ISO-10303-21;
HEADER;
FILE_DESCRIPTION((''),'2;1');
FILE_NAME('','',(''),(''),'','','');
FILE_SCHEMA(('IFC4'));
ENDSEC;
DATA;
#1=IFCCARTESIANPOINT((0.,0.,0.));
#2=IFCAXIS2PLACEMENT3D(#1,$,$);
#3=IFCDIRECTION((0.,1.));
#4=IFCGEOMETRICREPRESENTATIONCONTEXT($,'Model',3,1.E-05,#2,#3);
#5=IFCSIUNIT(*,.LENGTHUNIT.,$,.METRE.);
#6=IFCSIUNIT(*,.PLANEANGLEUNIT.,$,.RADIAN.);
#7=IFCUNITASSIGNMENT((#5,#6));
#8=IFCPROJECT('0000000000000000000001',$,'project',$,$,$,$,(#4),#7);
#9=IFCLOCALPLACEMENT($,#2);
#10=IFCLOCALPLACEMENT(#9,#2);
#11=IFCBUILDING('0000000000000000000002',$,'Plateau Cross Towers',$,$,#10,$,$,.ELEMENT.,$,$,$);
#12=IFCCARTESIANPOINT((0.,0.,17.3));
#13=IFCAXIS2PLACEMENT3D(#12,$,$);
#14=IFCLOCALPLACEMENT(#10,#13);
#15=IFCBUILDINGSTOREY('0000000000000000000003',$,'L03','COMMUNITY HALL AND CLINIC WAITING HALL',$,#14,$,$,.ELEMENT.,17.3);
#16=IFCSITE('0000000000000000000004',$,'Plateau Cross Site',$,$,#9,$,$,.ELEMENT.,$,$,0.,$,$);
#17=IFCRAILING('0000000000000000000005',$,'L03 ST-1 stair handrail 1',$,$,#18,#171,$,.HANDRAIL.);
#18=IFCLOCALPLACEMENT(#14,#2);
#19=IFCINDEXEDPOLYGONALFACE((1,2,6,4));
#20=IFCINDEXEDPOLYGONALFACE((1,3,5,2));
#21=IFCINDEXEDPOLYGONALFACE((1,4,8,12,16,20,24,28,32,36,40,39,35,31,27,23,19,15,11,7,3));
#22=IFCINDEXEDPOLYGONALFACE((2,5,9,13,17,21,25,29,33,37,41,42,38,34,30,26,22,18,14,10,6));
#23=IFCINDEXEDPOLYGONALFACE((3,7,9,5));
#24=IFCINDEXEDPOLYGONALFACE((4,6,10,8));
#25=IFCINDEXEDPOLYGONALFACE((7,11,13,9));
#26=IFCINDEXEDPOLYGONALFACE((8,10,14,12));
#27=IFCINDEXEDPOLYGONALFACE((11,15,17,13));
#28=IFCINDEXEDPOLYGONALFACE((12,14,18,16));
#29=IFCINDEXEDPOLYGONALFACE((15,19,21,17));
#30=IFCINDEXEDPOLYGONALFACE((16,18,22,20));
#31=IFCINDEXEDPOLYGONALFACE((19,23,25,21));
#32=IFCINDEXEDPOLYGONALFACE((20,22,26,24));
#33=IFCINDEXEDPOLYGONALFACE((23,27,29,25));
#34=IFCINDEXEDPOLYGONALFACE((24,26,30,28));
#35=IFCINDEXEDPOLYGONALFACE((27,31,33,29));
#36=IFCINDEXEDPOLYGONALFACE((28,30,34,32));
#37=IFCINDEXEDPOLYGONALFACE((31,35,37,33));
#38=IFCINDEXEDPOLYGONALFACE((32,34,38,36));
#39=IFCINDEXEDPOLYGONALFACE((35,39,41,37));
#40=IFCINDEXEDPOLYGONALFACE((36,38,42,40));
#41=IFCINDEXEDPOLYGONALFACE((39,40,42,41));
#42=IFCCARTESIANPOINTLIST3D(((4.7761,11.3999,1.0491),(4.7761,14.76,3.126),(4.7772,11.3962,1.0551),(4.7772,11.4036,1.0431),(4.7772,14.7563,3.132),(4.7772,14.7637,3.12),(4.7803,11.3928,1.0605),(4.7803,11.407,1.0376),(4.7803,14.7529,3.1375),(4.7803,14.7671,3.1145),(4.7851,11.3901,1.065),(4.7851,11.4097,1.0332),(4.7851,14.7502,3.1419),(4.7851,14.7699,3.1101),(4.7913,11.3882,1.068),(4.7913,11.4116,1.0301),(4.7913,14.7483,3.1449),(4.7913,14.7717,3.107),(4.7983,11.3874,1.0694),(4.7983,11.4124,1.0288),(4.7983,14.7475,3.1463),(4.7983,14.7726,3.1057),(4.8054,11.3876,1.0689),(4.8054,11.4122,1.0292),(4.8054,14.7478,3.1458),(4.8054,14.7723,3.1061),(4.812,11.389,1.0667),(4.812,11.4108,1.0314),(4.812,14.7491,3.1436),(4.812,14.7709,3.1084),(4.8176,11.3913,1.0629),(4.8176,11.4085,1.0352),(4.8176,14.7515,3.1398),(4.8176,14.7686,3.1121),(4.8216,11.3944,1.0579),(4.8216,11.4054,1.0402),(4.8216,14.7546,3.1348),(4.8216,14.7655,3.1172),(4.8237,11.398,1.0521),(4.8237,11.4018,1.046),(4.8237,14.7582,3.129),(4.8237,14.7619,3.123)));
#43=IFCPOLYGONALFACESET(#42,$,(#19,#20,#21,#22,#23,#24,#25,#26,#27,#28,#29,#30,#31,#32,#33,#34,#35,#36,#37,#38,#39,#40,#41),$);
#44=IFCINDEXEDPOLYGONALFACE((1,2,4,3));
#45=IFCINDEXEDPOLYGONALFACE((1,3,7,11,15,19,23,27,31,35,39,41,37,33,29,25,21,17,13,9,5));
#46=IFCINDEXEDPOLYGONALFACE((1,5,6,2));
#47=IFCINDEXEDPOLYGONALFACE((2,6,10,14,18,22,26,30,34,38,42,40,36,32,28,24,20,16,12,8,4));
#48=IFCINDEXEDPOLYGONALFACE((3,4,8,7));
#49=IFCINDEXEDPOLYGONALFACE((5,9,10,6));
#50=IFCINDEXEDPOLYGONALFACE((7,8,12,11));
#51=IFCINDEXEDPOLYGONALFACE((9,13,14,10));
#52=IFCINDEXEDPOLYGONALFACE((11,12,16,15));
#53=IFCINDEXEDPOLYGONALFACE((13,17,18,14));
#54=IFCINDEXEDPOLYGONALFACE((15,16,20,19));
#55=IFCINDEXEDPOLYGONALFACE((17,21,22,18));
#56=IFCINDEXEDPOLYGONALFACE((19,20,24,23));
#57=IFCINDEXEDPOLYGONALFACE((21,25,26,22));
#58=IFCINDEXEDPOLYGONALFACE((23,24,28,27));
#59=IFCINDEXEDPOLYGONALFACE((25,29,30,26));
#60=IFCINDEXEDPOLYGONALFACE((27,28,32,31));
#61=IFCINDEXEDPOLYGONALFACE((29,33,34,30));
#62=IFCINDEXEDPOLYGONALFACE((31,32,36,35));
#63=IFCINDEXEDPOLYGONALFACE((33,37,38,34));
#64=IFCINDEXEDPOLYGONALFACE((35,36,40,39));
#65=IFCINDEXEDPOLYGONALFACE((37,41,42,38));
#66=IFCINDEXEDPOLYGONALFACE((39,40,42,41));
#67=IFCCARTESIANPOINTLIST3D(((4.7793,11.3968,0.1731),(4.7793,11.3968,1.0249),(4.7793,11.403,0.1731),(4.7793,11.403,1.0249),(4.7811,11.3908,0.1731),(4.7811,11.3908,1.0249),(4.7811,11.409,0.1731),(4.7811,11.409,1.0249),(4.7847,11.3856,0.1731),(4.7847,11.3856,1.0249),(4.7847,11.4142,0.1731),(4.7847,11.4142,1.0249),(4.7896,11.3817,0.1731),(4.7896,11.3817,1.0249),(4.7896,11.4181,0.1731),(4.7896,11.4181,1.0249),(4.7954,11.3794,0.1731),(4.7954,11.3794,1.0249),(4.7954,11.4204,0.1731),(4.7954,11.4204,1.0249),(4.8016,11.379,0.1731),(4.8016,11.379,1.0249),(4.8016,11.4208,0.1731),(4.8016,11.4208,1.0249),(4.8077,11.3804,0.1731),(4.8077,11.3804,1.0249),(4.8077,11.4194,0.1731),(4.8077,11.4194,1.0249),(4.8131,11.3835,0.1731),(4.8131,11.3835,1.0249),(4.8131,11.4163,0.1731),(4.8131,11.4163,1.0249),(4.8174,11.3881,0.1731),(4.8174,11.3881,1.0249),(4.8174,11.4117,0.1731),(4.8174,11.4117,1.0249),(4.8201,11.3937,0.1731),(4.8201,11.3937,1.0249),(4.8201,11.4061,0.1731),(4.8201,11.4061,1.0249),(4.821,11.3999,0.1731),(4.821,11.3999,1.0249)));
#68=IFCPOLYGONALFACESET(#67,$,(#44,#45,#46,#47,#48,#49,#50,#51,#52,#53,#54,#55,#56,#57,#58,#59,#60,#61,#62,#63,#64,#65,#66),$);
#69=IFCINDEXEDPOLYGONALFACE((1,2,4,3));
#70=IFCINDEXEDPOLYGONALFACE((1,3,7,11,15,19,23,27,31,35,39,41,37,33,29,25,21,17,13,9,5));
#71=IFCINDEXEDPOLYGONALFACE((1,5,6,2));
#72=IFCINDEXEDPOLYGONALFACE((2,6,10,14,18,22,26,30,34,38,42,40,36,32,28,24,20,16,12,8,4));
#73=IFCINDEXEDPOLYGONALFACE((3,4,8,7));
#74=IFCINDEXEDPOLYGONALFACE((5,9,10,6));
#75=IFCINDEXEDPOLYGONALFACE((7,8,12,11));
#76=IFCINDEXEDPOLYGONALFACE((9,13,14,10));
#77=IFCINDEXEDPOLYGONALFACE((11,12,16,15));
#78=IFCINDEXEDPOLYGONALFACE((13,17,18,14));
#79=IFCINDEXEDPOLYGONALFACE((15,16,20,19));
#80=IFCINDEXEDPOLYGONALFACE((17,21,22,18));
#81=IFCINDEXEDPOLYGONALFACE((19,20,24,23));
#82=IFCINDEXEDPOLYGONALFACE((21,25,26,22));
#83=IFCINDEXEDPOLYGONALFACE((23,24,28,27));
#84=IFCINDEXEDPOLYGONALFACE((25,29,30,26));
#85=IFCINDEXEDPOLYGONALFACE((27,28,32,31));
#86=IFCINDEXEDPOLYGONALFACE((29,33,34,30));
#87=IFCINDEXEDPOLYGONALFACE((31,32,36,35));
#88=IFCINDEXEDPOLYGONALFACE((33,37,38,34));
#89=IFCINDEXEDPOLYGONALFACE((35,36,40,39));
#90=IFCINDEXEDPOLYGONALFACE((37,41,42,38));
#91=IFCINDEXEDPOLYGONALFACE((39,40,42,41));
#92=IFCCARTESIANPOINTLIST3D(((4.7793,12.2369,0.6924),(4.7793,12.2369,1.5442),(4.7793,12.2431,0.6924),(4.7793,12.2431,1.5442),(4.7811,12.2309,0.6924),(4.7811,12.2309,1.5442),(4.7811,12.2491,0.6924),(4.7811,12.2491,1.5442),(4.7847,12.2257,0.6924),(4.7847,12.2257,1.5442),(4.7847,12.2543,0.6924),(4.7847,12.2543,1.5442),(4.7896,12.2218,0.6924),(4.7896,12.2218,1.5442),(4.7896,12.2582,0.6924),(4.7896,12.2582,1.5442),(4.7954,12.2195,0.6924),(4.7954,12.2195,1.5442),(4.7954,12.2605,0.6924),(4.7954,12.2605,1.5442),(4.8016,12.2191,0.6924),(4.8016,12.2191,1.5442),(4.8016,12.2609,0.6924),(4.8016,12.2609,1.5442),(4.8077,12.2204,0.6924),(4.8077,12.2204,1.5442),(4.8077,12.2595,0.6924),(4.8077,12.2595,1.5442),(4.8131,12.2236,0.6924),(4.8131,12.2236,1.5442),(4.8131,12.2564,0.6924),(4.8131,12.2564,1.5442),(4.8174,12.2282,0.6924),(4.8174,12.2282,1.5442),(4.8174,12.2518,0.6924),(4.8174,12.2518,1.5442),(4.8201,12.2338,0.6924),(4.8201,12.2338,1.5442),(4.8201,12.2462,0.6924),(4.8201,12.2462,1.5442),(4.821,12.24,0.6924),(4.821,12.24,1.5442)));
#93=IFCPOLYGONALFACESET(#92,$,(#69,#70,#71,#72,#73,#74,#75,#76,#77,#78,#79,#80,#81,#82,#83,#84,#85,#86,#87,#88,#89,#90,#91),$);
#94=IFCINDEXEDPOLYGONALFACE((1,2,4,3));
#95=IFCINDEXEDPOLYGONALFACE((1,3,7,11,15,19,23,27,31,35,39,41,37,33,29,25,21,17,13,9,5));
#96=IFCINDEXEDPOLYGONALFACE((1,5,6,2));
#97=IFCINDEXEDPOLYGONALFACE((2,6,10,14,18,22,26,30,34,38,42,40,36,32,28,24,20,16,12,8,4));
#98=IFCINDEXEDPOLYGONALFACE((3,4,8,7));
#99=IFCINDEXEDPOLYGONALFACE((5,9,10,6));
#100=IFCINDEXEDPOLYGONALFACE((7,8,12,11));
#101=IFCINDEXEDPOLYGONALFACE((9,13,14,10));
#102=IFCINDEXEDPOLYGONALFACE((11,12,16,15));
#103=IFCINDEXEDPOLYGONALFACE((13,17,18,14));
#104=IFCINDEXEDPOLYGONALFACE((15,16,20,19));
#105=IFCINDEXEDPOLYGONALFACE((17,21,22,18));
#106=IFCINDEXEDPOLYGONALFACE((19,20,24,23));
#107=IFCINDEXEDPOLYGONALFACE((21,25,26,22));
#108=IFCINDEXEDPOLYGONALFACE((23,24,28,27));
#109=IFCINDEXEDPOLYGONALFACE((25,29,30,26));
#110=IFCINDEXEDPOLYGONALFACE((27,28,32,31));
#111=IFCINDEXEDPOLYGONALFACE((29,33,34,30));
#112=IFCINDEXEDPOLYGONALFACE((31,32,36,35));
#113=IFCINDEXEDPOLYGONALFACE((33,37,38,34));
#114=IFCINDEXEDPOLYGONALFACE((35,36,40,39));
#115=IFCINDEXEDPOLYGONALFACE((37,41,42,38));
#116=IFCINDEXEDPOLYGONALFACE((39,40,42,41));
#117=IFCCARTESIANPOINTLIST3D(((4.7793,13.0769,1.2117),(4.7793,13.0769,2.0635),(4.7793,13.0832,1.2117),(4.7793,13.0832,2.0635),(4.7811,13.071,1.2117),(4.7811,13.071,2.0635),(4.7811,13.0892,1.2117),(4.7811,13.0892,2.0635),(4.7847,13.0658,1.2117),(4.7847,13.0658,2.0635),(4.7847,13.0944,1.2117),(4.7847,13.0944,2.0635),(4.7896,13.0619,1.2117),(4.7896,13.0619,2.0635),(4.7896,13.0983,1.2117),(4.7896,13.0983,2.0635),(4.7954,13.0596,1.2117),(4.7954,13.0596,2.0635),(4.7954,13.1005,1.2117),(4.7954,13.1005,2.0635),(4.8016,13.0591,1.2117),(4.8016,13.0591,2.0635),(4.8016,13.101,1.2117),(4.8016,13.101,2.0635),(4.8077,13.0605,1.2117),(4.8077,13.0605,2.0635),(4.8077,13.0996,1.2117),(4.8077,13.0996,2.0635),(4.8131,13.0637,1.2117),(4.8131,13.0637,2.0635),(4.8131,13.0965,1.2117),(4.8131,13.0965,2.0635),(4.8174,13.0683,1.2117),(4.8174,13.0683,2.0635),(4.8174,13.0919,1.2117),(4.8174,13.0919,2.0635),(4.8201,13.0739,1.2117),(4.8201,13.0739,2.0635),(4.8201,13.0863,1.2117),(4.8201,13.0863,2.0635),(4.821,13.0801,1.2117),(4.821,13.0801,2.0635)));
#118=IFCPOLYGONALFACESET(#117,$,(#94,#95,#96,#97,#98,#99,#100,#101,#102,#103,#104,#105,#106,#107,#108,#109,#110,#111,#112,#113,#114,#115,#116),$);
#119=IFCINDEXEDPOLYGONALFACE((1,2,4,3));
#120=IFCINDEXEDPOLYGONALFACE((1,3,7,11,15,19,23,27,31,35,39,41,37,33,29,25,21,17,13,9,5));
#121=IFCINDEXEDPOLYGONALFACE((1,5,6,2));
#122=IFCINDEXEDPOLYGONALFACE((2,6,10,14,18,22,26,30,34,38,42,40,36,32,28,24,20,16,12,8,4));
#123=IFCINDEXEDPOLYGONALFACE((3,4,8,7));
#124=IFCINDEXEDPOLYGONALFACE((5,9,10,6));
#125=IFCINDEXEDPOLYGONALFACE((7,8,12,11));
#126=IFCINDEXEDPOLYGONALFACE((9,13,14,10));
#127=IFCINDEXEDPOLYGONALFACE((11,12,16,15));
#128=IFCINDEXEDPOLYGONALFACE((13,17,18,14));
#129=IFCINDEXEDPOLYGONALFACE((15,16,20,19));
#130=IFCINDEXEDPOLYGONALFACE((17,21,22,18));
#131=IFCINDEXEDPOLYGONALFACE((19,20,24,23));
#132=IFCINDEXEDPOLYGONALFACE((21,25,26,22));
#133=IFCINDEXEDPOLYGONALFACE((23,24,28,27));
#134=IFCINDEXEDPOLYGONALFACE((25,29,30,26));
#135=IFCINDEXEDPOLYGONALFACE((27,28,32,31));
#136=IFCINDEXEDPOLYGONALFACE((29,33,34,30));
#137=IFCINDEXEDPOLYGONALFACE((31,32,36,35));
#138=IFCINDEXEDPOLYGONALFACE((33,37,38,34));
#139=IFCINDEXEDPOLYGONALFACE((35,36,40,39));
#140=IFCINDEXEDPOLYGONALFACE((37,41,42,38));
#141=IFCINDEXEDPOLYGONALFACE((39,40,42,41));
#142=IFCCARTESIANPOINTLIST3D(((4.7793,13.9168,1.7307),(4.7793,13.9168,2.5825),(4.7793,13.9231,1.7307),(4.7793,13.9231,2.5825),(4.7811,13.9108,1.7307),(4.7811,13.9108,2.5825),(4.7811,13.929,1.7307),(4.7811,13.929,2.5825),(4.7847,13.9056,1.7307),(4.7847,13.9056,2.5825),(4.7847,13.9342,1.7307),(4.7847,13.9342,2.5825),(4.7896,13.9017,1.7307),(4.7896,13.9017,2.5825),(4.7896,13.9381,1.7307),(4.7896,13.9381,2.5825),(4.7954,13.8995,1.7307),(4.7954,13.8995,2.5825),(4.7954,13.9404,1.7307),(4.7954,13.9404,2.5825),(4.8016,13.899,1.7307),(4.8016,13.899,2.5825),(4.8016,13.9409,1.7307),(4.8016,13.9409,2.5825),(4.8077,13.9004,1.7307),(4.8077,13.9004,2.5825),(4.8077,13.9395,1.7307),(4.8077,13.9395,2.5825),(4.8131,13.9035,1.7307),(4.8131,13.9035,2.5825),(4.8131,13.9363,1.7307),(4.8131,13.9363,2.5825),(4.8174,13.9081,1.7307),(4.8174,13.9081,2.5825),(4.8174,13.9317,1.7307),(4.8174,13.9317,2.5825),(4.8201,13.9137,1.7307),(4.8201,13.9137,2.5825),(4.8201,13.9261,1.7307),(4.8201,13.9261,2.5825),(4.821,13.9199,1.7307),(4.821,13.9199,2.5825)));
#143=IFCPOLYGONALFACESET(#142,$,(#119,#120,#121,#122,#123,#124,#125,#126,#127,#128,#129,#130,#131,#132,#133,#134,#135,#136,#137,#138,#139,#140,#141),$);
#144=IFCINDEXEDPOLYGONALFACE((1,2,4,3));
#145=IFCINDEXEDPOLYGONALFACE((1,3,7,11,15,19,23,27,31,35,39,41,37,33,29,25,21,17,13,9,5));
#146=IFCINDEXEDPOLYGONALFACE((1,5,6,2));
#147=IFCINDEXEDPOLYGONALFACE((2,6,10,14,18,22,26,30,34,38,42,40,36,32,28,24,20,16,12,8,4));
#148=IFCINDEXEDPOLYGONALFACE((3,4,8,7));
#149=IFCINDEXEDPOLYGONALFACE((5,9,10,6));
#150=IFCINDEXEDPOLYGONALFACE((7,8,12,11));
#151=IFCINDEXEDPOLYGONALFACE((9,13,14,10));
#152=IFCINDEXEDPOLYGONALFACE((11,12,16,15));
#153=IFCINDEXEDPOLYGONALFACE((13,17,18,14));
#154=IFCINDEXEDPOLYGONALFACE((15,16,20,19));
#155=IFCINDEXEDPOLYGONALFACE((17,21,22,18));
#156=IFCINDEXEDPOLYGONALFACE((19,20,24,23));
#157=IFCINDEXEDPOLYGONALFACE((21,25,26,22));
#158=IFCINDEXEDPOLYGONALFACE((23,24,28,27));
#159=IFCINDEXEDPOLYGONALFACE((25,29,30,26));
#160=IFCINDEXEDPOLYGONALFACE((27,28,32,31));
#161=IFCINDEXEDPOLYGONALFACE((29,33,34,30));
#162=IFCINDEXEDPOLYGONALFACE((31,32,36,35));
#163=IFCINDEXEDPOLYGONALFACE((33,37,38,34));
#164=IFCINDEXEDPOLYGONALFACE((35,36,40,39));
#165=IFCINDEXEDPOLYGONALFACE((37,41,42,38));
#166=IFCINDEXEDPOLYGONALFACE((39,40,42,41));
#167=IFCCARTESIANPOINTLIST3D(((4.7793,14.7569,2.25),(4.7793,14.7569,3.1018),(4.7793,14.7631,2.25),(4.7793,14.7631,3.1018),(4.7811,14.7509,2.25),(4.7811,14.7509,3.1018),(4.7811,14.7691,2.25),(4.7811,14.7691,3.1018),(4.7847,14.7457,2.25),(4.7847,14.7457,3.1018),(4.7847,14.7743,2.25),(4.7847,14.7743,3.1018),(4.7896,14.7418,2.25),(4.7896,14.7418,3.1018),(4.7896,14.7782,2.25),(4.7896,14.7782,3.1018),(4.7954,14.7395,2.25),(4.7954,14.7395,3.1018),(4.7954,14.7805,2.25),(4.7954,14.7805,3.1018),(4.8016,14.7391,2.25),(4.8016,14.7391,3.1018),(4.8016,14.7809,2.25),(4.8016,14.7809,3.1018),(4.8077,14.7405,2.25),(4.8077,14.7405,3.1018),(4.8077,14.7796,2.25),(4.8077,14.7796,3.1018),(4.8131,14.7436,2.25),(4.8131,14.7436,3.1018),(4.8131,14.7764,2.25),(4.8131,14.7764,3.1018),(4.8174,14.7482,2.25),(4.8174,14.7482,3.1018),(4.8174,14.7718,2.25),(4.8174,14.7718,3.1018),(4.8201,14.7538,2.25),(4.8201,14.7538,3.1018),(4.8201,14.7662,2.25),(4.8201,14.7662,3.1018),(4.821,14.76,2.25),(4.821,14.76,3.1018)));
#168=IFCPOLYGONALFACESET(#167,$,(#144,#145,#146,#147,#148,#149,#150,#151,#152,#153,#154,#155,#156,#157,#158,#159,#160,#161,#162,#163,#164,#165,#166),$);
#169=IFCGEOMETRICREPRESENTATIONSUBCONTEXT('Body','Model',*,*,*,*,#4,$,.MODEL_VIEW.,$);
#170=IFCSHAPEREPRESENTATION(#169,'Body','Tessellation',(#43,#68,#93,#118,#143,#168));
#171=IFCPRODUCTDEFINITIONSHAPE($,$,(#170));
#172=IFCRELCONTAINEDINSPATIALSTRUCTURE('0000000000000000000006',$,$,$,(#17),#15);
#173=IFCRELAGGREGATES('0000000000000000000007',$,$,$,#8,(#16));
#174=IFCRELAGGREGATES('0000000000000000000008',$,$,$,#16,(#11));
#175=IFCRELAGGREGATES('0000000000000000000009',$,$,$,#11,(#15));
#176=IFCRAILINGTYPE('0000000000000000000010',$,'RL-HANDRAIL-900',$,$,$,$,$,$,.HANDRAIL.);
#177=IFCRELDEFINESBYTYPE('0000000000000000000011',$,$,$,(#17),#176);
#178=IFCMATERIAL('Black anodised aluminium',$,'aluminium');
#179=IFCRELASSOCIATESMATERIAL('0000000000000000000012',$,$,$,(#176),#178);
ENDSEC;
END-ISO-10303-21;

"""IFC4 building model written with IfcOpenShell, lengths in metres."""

from ifc_helpers import new_model, si_unit, direction, frame, origin, origin_2d, place, context, subcontext, project, spatial, circle, extrude, material, type_object, element, save


model = new_model("IFC4")

# Units and contexts
model_context = context("Model", 3, precision=1e-05, world=origin(), true_north=direction((0.0, 1.0)))
body_context = subcontext(model_context, "Body", "Model", "MODEL_VIEW")
ifc_project = project(units=[si_unit("LENGTHUNIT", "METRE"), si_unit("PLANEANGLEUNIT", "RADIAN")], contexts=[model_context])

# Site, building, storey
site_placement = place(None, origin())
site = spatial("IfcSite", under=ifc_project, at=site_placement, Name="Plateau Cross Site", CompositionType="ELEMENT", RefElevation=0.0)
building_placement = place(site_placement, origin())
building = spatial("IfcBuilding", under=site, at=building_placement, Name="Plateau Cross Towers", CompositionType="ELEMENT")
storey_placement = place(building_placement, frame((0.0, 0.0, 17.3)))
storey = spatial("IfcBuildingStorey", under=building, at=storey_placement, Name="L03", Description="COMMUNITY HALL AND CLINIC WAITING HALL", CompositionType="ELEMENT", Elevation=17.3)

# Shared definitions
ifc_material_1 = material(Name="Black anodised aluminium", Category="aluminium")

# Railing
railing_type_1 = type_object("IfcRailingType", Name="RL-HANDRAIL-900", PredefinedType="HANDRAIL", material=ifc_material_1)
railing_1_placement = place(storey_placement, frame((4.8, 11.3999, 0.1731)))
element("IfcRailing", 1, at=railing_1_placement, inside=storey, type_object=railing_type_1, Name="L03 ST-1 stair handrail 1", PredefinedType="HANDRAIL", context=body_context, shape_type="SweptSolid", body=[
    extrude(circle(Radius=0.0239, at=origin_2d()), frame((0.0, 0.0, 0.876), z_axis=(0.0, 0.850623, 0.525776), x_axis=(-1.0, 0.0, 0.0)), (0.0, 0.0, 1.0), 3.9502),
    extrude(circle(Radius=0.021, at=origin_2d()), origin(), (0.0, 0.0, 1.0), 0.8518),
    extrude(circle(Radius=0.021, at=origin_2d()), frame((0.0, 0.8401, 0.5193)), (0.0, 0.0, 1.0), 0.8518),
    extrude(circle(Radius=0.021, at=origin_2d()), frame((0.0, 1.6802, 1.0386)), (0.0, 0.0, 1.0), 0.8518),
    extrude(circle(Radius=0.021, at=origin_2d()), frame((0.0, 2.52, 1.5576)), (0.0, 0.0, 1.0), 0.8518),
    extrude(circle(Radius=0.021, at=origin_2d()), frame((0.0, 3.3601, 2.0769)), (0.0, 0.0, 1.0), 0.8518),
])

save(model, "model.ifc")
